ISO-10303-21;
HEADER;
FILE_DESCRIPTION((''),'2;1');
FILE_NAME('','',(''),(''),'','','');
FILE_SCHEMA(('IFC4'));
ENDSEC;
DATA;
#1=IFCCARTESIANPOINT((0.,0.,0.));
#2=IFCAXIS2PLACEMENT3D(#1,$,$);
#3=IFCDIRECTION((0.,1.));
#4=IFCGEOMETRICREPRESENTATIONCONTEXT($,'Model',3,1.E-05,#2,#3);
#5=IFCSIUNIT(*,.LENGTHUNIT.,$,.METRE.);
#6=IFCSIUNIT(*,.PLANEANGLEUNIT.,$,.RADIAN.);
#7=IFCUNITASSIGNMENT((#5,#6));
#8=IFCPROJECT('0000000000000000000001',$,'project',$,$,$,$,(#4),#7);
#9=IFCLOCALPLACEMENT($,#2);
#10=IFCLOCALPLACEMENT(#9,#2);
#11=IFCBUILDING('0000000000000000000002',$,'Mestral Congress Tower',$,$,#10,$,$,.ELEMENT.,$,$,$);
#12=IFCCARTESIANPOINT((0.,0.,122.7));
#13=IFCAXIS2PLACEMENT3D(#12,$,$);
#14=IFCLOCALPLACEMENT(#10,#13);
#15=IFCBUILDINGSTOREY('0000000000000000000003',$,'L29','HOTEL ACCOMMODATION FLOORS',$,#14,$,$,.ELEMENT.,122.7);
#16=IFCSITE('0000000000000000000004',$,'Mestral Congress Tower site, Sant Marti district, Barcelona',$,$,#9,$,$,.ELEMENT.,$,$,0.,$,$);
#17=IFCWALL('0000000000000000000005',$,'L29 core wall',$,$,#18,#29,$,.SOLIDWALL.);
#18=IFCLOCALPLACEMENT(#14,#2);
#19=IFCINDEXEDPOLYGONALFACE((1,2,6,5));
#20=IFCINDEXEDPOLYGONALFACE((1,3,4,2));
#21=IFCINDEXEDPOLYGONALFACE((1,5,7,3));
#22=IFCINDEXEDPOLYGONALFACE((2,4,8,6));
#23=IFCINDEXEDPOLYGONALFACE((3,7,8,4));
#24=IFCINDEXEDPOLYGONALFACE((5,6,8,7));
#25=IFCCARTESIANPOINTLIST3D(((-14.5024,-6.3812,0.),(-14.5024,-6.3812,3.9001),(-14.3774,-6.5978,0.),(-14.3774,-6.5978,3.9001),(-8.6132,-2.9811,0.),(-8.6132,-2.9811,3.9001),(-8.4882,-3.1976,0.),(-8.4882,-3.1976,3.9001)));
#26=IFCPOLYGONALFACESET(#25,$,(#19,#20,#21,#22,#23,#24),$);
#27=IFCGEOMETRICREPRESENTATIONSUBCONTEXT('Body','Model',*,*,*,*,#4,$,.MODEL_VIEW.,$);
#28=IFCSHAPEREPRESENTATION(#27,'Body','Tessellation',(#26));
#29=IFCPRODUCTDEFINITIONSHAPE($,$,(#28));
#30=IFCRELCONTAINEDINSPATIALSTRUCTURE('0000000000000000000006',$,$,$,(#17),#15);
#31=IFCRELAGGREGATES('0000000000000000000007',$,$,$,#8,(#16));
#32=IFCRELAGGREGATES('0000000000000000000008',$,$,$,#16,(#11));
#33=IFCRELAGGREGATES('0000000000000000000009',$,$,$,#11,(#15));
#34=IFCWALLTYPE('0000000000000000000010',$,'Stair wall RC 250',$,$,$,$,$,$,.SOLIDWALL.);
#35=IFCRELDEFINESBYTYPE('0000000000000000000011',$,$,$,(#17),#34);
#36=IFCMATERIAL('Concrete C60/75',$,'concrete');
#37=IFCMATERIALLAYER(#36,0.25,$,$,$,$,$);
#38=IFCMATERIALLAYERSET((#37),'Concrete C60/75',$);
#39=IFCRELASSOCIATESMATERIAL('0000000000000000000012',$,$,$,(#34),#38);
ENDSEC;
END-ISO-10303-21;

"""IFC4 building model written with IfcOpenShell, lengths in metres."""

from ifc_helpers import new_model, si_unit, direction, frame, frame_2d, origin, place, context, subcontext, project, spatial, rectangle, extrude, material, layer, layer_set, type_object, element, save


model = new_model("IFC4")

# Units and contexts
model_context = context("Model", 3, precision=1e-05, world=origin(), true_north=direction((0.0, 1.0)))
body_context = subcontext(model_context, "Body", "Model", "MODEL_VIEW")
ifc_project = project(units=[si_unit("LENGTHUNIT", "METRE"), si_unit("PLANEANGLEUNIT", "RADIAN")], contexts=[model_context])

# Site, building, storey
site_placement = place(None, origin())
site = spatial("IfcSite", under=ifc_project, at=site_placement, Name="Mestral Congress Tower site, Sant Marti district, Barcelona", CompositionType="ELEMENT", RefElevation=0.0)
building_placement = place(site_placement, origin())
building = spatial("IfcBuilding", under=site, at=building_placement, Name="Mestral Congress Tower", CompositionType="ELEMENT")
storey_placement = place(building_placement, frame((0.0, 0.0, 122.7)))
storey = spatial("IfcBuildingStorey", under=building, at=storey_placement, Name="L29", Description="HOTEL ACCOMMODATION FLOORS", CompositionType="ELEMENT", Elevation=122.7)

# Shared definitions
ifc_material_1 = material(Name="Concrete C60/75", Category="concrete")

# Wall
ifc_layer_1 = layer(ifc_material_1, 0.25)
ifc_layer_set_1 = layer_set([ifc_layer_1], Name="Concrete C60/75")
wall_type_1 = type_object("IfcWallType", Name="Stair wall RC 250", PredefinedType="SOLIDWALL", material=ifc_layer_set_1)
wall_1_placement = place(storey_placement, frame((-14.4399, -6.4895, 0.0), z_axis=(0.0, 0.0, 1.0), x_axis=(0.866023, 0.500004, 0.0)))
element("IfcWall", 1, at=wall_1_placement, inside=storey, type_object=wall_type_1, Name="L29 core wall", PredefinedType="SOLIDWALL", context=body_context, shape_type="SweptSolid", body=[
    extrude(rectangle(XDim=6.8003, YDim=0.25, at=frame_2d((3.4001, 0.0))), origin(), (0.0, 0.0, 1.0), 3.9001),
])

save(model, "model.ifc")
